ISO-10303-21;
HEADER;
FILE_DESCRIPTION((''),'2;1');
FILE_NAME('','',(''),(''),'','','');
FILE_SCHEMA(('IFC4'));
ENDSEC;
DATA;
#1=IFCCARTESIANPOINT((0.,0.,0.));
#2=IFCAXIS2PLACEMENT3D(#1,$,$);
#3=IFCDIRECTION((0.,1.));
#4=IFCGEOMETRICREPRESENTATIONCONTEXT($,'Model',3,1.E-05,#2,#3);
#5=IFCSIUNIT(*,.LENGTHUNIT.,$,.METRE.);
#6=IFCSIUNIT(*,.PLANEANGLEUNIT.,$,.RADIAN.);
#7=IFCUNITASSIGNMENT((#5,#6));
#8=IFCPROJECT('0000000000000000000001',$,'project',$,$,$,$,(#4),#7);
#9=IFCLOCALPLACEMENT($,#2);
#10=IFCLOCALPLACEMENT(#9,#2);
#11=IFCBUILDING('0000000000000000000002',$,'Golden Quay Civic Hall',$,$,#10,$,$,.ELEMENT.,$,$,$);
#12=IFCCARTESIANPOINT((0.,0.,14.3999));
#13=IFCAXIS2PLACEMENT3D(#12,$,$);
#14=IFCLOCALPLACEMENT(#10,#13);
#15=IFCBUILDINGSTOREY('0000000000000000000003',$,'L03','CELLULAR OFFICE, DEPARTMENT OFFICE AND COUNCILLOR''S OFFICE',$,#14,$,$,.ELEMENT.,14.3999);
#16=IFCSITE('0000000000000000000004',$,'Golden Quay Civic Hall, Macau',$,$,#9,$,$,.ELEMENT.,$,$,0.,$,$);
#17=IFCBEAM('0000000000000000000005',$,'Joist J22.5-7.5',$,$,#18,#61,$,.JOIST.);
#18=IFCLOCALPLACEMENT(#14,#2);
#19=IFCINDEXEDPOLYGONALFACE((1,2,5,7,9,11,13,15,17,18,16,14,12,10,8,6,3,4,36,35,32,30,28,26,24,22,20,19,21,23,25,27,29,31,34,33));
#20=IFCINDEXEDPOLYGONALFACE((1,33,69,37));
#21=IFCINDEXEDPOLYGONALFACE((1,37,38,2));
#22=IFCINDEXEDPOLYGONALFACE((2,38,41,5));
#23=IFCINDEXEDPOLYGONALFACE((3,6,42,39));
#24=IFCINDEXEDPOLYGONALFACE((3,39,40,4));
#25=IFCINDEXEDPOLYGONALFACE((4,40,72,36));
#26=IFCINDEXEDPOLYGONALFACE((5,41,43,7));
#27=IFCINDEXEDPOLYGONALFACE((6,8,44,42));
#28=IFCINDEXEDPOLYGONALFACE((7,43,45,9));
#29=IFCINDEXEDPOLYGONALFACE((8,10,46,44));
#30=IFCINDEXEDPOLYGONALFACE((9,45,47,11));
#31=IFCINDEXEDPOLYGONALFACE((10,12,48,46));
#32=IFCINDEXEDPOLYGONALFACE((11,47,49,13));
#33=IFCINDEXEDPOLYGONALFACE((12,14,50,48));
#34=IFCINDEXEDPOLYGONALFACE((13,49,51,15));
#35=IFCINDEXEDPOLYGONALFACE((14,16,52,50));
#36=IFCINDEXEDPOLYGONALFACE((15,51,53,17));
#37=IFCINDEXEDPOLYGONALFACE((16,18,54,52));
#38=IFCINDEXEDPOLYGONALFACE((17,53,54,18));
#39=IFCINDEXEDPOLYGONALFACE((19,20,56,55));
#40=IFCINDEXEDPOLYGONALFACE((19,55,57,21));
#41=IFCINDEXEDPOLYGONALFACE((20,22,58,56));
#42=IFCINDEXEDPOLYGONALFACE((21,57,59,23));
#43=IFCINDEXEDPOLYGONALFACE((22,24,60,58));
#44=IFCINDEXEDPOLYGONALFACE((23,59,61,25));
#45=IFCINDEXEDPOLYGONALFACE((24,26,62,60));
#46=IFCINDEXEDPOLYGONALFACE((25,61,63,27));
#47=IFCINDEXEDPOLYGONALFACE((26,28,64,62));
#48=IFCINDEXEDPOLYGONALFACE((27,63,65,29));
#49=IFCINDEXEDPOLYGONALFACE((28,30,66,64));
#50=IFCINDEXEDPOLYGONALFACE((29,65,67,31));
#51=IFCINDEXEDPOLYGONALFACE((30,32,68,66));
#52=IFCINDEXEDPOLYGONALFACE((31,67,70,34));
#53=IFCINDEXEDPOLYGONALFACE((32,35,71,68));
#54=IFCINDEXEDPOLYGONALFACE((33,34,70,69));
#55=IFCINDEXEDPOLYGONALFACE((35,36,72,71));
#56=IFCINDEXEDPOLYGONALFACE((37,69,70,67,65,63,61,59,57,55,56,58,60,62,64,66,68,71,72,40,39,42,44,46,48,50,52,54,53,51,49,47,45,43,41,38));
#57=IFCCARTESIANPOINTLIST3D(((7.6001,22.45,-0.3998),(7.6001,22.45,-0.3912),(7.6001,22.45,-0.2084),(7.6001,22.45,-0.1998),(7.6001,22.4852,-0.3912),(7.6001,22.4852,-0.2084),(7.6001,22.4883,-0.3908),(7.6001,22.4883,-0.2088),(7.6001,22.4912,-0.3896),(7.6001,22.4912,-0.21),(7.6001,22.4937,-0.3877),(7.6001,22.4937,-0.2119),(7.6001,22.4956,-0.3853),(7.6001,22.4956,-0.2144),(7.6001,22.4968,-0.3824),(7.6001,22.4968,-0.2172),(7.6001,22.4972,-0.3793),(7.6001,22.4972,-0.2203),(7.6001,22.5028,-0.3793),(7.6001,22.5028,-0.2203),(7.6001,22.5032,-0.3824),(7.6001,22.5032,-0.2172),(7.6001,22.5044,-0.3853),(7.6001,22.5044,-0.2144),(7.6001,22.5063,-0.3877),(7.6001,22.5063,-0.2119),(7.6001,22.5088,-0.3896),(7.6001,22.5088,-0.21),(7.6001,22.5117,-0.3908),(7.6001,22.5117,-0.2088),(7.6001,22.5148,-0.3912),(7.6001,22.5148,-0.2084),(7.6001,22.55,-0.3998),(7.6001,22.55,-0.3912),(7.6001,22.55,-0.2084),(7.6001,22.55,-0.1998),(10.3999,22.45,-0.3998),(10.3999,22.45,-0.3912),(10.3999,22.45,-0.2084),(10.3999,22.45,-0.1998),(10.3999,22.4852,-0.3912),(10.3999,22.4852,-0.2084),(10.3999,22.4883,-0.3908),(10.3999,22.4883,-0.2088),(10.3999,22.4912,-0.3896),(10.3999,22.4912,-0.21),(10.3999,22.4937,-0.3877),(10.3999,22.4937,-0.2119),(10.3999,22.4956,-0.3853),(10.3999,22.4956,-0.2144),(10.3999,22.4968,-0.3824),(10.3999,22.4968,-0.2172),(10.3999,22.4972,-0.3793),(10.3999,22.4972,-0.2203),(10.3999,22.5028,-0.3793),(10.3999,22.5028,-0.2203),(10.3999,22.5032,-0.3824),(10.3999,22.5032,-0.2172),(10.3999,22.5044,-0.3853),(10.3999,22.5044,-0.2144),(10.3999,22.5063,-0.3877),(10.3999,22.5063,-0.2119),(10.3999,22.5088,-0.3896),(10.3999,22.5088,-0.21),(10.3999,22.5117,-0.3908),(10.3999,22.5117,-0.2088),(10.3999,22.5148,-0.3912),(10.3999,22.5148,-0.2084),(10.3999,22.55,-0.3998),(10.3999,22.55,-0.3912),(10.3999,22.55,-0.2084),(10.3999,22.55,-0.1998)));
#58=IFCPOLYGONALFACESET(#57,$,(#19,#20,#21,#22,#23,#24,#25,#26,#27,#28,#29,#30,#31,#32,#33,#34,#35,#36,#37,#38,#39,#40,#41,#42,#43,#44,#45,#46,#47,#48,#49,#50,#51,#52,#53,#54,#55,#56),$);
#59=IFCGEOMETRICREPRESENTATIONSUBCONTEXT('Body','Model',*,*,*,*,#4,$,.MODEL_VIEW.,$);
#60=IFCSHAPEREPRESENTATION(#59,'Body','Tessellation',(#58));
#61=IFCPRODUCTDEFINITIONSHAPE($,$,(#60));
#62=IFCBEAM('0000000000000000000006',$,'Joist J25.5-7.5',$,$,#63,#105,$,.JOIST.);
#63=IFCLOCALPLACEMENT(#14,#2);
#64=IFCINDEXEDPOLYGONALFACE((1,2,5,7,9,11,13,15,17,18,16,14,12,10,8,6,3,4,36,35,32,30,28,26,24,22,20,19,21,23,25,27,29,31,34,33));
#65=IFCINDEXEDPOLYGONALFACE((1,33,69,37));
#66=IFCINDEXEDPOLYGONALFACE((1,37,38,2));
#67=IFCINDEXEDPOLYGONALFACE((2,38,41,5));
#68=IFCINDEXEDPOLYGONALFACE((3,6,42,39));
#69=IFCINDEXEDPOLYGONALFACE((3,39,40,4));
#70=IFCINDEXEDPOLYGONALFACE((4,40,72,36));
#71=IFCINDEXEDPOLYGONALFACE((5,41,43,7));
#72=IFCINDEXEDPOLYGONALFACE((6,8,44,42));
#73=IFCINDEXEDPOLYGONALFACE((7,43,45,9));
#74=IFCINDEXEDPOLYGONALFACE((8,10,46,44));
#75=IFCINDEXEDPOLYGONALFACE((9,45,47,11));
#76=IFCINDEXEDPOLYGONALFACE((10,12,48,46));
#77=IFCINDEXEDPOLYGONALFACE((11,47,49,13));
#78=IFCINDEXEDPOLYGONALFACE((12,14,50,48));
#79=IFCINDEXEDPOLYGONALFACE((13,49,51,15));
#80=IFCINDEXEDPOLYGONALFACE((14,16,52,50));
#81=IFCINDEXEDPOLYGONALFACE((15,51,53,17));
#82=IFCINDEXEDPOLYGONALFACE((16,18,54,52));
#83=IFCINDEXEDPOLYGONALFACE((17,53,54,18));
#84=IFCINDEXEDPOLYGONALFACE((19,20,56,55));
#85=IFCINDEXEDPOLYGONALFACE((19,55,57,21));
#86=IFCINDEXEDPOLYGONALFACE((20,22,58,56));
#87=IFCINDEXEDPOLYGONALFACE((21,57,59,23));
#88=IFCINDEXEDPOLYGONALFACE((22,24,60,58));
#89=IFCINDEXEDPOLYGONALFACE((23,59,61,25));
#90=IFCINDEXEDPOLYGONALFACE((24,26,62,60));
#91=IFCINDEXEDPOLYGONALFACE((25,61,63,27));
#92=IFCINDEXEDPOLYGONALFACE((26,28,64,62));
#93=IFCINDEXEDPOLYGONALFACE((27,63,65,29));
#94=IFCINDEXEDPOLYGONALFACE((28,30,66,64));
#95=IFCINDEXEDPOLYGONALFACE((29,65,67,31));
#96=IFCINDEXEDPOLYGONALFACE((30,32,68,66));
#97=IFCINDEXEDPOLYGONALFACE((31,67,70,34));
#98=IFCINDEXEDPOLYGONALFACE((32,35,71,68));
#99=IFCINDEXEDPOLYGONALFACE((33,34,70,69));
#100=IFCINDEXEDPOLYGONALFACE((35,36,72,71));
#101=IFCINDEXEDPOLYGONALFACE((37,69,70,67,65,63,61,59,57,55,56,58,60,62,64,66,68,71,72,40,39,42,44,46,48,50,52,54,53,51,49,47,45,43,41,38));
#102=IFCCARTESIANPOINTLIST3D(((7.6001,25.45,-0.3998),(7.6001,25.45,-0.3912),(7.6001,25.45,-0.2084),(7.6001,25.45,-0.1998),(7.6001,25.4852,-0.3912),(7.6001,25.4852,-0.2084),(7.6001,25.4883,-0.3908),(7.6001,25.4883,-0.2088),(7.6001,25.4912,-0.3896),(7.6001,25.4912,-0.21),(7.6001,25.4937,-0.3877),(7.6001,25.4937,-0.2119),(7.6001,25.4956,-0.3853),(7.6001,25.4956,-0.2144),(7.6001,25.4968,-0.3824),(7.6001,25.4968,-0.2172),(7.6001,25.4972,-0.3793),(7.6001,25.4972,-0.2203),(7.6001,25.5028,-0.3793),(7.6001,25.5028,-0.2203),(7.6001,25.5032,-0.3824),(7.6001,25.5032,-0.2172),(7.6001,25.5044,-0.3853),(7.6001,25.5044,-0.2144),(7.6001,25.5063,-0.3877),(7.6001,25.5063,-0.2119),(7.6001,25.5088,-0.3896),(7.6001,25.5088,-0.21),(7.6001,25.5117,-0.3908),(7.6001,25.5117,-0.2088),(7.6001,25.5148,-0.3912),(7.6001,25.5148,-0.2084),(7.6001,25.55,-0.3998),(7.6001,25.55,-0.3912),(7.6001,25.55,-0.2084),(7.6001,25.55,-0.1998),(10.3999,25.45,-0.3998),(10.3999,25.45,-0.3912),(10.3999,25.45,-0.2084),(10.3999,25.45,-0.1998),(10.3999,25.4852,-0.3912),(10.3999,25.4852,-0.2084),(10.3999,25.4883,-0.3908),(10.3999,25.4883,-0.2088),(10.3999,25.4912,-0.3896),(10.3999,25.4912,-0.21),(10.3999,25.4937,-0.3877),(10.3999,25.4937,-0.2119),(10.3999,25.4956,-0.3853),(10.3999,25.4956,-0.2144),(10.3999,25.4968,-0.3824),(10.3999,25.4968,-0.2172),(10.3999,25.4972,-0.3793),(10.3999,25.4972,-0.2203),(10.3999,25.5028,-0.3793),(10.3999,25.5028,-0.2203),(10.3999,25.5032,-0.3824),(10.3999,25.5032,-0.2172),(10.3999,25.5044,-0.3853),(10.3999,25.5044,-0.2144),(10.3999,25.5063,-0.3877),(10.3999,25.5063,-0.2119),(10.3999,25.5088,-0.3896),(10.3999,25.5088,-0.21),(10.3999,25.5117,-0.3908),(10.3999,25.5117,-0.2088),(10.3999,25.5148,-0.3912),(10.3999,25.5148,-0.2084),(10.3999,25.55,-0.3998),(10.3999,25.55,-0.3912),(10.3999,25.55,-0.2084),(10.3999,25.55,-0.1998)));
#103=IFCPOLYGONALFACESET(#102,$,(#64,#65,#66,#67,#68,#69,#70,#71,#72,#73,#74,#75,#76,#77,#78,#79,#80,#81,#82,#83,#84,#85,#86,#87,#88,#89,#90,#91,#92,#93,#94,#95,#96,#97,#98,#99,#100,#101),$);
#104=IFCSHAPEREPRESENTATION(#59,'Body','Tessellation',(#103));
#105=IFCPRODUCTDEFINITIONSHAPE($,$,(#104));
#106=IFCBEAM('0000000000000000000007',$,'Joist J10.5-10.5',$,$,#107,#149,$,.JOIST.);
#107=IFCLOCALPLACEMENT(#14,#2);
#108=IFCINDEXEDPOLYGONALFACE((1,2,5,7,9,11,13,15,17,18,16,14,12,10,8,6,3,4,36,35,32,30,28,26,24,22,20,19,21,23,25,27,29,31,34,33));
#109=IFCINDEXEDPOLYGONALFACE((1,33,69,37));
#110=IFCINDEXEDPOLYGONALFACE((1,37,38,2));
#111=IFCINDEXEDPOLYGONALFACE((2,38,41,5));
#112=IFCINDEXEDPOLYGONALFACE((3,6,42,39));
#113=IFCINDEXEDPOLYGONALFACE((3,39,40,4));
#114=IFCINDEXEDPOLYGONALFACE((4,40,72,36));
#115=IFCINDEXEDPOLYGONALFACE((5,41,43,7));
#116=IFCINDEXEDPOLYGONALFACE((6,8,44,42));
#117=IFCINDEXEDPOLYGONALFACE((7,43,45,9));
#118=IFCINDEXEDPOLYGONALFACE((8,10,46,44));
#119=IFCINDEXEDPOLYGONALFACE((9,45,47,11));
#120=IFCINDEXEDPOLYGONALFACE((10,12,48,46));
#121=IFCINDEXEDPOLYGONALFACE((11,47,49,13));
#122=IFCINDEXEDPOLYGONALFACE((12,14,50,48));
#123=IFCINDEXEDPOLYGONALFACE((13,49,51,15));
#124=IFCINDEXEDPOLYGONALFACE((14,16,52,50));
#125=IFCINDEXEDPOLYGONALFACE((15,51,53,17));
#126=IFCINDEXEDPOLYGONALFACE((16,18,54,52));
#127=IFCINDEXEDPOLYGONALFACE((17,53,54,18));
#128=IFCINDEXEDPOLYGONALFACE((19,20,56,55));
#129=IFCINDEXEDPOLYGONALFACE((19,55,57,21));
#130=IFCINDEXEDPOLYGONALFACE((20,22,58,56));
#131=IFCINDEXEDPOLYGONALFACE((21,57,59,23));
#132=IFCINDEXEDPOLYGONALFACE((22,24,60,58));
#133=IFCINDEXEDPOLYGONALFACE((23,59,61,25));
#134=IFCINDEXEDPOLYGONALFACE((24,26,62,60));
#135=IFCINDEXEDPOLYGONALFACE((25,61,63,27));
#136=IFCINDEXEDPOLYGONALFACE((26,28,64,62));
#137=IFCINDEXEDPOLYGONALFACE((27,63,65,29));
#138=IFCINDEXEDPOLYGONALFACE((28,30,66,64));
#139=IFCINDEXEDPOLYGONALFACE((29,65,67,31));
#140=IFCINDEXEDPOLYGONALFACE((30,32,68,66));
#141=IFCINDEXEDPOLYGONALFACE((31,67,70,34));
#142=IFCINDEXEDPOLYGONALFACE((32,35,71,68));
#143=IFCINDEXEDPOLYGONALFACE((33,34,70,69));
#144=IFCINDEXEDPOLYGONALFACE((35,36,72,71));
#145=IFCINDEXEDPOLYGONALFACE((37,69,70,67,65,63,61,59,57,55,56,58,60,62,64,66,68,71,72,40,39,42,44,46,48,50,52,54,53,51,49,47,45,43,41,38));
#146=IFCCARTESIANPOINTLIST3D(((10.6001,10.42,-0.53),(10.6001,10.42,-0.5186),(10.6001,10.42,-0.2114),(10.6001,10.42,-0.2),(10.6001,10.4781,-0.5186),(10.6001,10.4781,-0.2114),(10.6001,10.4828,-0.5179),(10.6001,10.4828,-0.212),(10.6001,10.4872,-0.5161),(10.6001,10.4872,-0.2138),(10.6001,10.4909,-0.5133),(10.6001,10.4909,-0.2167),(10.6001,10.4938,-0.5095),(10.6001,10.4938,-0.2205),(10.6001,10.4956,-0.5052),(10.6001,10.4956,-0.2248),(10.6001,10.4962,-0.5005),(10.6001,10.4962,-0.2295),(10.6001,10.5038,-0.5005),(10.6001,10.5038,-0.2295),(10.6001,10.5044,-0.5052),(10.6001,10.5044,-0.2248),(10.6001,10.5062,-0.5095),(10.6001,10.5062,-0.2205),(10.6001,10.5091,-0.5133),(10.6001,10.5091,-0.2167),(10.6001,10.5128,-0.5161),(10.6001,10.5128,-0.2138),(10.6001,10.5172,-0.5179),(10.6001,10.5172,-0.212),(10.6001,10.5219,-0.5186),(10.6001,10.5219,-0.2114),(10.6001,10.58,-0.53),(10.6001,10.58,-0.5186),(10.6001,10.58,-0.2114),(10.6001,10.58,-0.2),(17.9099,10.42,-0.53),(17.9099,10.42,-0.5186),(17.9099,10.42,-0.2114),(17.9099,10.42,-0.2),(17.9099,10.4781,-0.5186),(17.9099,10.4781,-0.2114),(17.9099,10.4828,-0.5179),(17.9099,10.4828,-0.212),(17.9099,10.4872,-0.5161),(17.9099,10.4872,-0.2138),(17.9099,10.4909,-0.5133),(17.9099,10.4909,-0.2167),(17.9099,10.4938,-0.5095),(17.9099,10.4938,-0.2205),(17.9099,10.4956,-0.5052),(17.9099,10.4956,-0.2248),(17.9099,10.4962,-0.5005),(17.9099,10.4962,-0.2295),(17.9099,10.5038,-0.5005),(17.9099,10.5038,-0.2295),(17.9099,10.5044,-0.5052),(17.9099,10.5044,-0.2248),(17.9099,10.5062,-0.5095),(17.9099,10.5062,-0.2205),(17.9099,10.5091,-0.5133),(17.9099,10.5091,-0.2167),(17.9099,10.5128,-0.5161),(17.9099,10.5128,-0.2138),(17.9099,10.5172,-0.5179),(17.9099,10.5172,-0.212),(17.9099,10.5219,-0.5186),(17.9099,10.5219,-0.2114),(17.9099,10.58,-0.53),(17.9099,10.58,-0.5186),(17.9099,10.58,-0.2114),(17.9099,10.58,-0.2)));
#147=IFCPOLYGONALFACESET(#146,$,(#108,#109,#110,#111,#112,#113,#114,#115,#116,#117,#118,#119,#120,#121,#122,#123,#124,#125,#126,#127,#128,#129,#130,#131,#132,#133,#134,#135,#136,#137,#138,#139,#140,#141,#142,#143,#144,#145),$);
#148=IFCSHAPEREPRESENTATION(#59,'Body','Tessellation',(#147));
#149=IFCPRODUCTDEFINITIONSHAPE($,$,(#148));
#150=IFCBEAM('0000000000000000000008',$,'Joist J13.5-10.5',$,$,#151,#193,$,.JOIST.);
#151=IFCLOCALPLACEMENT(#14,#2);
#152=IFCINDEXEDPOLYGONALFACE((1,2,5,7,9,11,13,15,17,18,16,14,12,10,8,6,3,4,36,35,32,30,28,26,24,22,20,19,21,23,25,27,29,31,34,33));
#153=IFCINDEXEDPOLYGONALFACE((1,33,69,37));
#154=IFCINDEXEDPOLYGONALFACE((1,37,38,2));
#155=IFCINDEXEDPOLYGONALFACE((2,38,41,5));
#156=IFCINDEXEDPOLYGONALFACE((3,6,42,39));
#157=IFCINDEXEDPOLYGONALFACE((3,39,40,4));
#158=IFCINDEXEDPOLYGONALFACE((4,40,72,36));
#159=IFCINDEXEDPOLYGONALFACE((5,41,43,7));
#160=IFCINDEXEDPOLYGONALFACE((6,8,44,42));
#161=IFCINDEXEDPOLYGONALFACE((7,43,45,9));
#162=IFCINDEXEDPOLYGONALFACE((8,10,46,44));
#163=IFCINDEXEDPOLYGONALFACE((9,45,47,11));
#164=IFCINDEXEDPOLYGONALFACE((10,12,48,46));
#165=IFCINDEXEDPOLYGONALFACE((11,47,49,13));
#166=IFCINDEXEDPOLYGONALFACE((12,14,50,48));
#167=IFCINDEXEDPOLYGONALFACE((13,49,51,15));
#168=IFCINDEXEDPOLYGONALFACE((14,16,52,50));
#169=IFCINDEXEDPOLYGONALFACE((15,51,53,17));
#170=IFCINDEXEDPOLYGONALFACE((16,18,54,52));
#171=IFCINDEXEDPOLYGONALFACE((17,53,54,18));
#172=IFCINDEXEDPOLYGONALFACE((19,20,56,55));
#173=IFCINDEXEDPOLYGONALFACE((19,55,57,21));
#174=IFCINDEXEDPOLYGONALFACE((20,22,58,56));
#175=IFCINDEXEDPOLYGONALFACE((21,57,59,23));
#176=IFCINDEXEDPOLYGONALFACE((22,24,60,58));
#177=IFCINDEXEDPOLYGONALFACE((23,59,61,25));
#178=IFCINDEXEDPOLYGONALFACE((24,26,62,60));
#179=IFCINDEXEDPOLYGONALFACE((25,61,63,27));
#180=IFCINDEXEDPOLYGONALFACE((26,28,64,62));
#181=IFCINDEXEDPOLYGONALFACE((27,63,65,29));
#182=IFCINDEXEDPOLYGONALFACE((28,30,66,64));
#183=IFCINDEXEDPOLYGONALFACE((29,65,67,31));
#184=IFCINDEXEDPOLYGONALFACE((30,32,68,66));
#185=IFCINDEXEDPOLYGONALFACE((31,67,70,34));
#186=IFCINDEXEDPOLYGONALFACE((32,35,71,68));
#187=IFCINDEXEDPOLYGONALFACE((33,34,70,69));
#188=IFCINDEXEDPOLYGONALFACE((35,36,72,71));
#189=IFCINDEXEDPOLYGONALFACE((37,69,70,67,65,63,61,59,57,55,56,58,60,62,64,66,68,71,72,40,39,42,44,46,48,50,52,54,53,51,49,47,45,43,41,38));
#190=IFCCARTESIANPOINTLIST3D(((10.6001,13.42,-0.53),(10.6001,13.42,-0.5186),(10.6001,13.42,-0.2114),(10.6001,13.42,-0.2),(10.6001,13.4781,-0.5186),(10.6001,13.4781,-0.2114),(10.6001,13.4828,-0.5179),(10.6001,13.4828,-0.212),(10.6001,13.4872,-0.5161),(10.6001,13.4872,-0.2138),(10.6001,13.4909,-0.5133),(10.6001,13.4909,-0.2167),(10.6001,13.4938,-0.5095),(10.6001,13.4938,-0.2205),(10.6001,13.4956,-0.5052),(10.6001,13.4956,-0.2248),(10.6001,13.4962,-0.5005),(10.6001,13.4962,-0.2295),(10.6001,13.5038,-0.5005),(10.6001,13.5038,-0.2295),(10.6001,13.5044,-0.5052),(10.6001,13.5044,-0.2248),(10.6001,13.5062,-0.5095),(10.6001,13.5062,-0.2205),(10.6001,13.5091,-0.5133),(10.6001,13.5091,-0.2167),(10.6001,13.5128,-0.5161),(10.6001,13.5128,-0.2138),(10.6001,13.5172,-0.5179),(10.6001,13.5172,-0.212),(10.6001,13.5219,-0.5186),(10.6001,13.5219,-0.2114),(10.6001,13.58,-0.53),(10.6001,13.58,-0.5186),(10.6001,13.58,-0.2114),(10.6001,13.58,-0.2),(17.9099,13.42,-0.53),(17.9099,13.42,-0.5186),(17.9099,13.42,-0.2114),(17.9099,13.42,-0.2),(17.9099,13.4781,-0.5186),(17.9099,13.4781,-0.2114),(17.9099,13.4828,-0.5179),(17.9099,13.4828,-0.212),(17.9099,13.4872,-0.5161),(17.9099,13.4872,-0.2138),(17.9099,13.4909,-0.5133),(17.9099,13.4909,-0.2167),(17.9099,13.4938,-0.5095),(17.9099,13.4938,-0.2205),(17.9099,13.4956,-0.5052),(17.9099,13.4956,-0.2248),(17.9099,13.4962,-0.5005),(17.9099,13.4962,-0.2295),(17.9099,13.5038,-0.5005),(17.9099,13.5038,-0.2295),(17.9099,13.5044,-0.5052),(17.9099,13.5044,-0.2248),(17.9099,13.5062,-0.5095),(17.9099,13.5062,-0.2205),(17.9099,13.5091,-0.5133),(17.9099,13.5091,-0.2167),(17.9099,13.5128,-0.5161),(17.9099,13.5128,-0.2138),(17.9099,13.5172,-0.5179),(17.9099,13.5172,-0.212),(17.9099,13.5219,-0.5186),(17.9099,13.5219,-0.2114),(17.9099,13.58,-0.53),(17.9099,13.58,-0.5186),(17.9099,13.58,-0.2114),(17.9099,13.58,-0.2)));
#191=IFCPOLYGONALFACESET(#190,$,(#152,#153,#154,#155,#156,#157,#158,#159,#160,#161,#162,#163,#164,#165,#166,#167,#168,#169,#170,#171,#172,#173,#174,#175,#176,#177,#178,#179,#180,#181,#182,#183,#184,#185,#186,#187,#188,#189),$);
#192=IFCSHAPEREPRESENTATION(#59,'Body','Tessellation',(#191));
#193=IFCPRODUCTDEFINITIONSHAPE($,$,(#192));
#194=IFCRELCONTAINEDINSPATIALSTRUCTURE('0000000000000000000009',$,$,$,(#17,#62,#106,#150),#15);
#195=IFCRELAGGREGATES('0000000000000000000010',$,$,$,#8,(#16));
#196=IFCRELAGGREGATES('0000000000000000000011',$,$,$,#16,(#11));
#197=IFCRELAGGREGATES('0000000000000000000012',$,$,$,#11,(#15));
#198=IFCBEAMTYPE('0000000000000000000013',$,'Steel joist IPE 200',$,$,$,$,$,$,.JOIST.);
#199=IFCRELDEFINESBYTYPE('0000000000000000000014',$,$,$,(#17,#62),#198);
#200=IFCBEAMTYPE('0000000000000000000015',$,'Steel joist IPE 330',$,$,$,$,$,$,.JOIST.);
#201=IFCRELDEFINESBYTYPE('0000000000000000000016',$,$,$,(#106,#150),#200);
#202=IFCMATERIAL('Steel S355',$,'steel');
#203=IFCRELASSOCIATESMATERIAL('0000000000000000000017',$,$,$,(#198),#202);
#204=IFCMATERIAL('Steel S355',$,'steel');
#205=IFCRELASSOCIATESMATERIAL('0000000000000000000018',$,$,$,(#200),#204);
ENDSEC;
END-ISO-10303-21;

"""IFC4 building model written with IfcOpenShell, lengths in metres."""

from ifc_helpers import new_model, si_unit, direction, frame, origin, origin_2d, place, context, subcontext, project, spatial, i_section, extrude, material, material_profile, profile_set, type_object, element, save


model = new_model("IFC4")

# Units and contexts
model_context = context("Model", 3, precision=1e-05, world=origin(), true_north=direction((0.0, 1.0)))
body_context = subcontext(model_context, "Body", "Model", "MODEL_VIEW")
ifc_project = project(units=[si_unit("LENGTHUNIT", "METRE"), si_unit("PLANEANGLEUNIT", "RADIAN")], contexts=[model_context])

# Site, building, storey
site_placement = place(None, origin())
site = spatial("IfcSite", under=ifc_project, at=site_placement, Name="Golden Quay Civic Hall, Macau", CompositionType="ELEMENT", RefElevation=0.0)
building_placement = place(site_placement, origin())
building = spatial("IfcBuilding", under=site, at=building_placement, Name="Golden Quay Civic Hall", CompositionType="ELEMENT")
storey_placement = place(building_placement, frame((0.0, 0.0, 14.3999)))
storey = spatial("IfcBuildingStorey", under=building, at=storey_placement, Name="L03", Description="CELLULAR OFFICE, DEPARTMENT OFFICE AND COUNCILLOR'S OFFICE", CompositionType="ELEMENT", Elevation=14.3999)

# Beams
ifc_material_1 = material(Name="Steel S355", Category="steel")
ifc_material_profile_1 = material_profile(ifc_material_1, i_section(OverallWidth=0.1001, OverallDepth=0.2, WebThickness=0.0056, FlangeThickness=0.0085, FilletRadius=0.012, at=origin_2d()), Name="IPE 200")
ifc_profile_set_1 = profile_set([ifc_material_profile_1], Name="Steel S355")
beam_type_1 = type_object("IfcBeamType", Name="Steel joist IPE 200", PredefinedType="JOIST", material=ifc_profile_set_1)
for number, where, z_axis, x_axis, name in (
    (1, (7.6001, 22.5, -0.2998), (1.0, 0.0, 0.0), (0.0, 1.0, 0.0), "Joist J22.5-7.5"),
    (2, (7.6001, 25.5, -0.2998), (1.0, 0.0, 0.0), (0.0, 1.0, 0.0), "Joist J25.5-7.5"),
):
    element("IfcBeam", number, at=place(storey_placement, frame(where, z_axis=z_axis, x_axis=x_axis)), inside=storey, type_object=beam_type_1, Name=name, PredefinedType="JOIST", context=body_context, shape_type="SweptSolid", body=[
        extrude(i_section(OverallWidth=0.1001, OverallDepth=0.2, WebThickness=0.0056, FlangeThickness=0.0085, FilletRadius=0.012, at=origin_2d()), origin(), (0.0, 0.0, 1.0), 2.7998),
    ])
ifc_material_2 = material(Name="Steel S355", Category="steel")
ifc_material_profile_2 = material_profile(ifc_material_2, i_section(OverallWidth=0.1599, OverallDepth=0.3301, WebThickness=0.0076, FlangeThickness=0.0115, FilletRadius=0.0181, at=origin_2d()), Name="IPE 330")
ifc_profile_set_2 = profile_set([ifc_material_profile_2], Name="Steel S355")
beam_type_2 = type_object("IfcBeamType", Name="Steel joist IPE 330", PredefinedType="JOIST", material=ifc_profile_set_2)
for number, where, z_axis, x_axis, name in (
    (3, (10.6001, 10.5, -0.365), (1.0, 0.0, 0.0), (0.0, 1.0, 0.0), "Joist J10.5-10.5"),
    (4, (10.6001, 13.5, -0.365), (1.0, 0.0, 0.0), (0.0, 1.0, 0.0), "Joist J13.5-10.5"),
):
    element("IfcBeam", number, at=place(storey_placement, frame(where, z_axis=z_axis, x_axis=x_axis)), inside=storey, type_object=beam_type_2, Name=name, PredefinedType="JOIST", context=body_context, shape_type="SweptSolid", body=[
        extrude(i_section(OverallWidth=0.1599, OverallDepth=0.3301, WebThickness=0.0076, FlangeThickness=0.0115, FilletRadius=0.0181, at=origin_2d()), origin(), (0.0, 0.0, 1.0), 7.3098),
    ])

save(model, "model.ifc")
